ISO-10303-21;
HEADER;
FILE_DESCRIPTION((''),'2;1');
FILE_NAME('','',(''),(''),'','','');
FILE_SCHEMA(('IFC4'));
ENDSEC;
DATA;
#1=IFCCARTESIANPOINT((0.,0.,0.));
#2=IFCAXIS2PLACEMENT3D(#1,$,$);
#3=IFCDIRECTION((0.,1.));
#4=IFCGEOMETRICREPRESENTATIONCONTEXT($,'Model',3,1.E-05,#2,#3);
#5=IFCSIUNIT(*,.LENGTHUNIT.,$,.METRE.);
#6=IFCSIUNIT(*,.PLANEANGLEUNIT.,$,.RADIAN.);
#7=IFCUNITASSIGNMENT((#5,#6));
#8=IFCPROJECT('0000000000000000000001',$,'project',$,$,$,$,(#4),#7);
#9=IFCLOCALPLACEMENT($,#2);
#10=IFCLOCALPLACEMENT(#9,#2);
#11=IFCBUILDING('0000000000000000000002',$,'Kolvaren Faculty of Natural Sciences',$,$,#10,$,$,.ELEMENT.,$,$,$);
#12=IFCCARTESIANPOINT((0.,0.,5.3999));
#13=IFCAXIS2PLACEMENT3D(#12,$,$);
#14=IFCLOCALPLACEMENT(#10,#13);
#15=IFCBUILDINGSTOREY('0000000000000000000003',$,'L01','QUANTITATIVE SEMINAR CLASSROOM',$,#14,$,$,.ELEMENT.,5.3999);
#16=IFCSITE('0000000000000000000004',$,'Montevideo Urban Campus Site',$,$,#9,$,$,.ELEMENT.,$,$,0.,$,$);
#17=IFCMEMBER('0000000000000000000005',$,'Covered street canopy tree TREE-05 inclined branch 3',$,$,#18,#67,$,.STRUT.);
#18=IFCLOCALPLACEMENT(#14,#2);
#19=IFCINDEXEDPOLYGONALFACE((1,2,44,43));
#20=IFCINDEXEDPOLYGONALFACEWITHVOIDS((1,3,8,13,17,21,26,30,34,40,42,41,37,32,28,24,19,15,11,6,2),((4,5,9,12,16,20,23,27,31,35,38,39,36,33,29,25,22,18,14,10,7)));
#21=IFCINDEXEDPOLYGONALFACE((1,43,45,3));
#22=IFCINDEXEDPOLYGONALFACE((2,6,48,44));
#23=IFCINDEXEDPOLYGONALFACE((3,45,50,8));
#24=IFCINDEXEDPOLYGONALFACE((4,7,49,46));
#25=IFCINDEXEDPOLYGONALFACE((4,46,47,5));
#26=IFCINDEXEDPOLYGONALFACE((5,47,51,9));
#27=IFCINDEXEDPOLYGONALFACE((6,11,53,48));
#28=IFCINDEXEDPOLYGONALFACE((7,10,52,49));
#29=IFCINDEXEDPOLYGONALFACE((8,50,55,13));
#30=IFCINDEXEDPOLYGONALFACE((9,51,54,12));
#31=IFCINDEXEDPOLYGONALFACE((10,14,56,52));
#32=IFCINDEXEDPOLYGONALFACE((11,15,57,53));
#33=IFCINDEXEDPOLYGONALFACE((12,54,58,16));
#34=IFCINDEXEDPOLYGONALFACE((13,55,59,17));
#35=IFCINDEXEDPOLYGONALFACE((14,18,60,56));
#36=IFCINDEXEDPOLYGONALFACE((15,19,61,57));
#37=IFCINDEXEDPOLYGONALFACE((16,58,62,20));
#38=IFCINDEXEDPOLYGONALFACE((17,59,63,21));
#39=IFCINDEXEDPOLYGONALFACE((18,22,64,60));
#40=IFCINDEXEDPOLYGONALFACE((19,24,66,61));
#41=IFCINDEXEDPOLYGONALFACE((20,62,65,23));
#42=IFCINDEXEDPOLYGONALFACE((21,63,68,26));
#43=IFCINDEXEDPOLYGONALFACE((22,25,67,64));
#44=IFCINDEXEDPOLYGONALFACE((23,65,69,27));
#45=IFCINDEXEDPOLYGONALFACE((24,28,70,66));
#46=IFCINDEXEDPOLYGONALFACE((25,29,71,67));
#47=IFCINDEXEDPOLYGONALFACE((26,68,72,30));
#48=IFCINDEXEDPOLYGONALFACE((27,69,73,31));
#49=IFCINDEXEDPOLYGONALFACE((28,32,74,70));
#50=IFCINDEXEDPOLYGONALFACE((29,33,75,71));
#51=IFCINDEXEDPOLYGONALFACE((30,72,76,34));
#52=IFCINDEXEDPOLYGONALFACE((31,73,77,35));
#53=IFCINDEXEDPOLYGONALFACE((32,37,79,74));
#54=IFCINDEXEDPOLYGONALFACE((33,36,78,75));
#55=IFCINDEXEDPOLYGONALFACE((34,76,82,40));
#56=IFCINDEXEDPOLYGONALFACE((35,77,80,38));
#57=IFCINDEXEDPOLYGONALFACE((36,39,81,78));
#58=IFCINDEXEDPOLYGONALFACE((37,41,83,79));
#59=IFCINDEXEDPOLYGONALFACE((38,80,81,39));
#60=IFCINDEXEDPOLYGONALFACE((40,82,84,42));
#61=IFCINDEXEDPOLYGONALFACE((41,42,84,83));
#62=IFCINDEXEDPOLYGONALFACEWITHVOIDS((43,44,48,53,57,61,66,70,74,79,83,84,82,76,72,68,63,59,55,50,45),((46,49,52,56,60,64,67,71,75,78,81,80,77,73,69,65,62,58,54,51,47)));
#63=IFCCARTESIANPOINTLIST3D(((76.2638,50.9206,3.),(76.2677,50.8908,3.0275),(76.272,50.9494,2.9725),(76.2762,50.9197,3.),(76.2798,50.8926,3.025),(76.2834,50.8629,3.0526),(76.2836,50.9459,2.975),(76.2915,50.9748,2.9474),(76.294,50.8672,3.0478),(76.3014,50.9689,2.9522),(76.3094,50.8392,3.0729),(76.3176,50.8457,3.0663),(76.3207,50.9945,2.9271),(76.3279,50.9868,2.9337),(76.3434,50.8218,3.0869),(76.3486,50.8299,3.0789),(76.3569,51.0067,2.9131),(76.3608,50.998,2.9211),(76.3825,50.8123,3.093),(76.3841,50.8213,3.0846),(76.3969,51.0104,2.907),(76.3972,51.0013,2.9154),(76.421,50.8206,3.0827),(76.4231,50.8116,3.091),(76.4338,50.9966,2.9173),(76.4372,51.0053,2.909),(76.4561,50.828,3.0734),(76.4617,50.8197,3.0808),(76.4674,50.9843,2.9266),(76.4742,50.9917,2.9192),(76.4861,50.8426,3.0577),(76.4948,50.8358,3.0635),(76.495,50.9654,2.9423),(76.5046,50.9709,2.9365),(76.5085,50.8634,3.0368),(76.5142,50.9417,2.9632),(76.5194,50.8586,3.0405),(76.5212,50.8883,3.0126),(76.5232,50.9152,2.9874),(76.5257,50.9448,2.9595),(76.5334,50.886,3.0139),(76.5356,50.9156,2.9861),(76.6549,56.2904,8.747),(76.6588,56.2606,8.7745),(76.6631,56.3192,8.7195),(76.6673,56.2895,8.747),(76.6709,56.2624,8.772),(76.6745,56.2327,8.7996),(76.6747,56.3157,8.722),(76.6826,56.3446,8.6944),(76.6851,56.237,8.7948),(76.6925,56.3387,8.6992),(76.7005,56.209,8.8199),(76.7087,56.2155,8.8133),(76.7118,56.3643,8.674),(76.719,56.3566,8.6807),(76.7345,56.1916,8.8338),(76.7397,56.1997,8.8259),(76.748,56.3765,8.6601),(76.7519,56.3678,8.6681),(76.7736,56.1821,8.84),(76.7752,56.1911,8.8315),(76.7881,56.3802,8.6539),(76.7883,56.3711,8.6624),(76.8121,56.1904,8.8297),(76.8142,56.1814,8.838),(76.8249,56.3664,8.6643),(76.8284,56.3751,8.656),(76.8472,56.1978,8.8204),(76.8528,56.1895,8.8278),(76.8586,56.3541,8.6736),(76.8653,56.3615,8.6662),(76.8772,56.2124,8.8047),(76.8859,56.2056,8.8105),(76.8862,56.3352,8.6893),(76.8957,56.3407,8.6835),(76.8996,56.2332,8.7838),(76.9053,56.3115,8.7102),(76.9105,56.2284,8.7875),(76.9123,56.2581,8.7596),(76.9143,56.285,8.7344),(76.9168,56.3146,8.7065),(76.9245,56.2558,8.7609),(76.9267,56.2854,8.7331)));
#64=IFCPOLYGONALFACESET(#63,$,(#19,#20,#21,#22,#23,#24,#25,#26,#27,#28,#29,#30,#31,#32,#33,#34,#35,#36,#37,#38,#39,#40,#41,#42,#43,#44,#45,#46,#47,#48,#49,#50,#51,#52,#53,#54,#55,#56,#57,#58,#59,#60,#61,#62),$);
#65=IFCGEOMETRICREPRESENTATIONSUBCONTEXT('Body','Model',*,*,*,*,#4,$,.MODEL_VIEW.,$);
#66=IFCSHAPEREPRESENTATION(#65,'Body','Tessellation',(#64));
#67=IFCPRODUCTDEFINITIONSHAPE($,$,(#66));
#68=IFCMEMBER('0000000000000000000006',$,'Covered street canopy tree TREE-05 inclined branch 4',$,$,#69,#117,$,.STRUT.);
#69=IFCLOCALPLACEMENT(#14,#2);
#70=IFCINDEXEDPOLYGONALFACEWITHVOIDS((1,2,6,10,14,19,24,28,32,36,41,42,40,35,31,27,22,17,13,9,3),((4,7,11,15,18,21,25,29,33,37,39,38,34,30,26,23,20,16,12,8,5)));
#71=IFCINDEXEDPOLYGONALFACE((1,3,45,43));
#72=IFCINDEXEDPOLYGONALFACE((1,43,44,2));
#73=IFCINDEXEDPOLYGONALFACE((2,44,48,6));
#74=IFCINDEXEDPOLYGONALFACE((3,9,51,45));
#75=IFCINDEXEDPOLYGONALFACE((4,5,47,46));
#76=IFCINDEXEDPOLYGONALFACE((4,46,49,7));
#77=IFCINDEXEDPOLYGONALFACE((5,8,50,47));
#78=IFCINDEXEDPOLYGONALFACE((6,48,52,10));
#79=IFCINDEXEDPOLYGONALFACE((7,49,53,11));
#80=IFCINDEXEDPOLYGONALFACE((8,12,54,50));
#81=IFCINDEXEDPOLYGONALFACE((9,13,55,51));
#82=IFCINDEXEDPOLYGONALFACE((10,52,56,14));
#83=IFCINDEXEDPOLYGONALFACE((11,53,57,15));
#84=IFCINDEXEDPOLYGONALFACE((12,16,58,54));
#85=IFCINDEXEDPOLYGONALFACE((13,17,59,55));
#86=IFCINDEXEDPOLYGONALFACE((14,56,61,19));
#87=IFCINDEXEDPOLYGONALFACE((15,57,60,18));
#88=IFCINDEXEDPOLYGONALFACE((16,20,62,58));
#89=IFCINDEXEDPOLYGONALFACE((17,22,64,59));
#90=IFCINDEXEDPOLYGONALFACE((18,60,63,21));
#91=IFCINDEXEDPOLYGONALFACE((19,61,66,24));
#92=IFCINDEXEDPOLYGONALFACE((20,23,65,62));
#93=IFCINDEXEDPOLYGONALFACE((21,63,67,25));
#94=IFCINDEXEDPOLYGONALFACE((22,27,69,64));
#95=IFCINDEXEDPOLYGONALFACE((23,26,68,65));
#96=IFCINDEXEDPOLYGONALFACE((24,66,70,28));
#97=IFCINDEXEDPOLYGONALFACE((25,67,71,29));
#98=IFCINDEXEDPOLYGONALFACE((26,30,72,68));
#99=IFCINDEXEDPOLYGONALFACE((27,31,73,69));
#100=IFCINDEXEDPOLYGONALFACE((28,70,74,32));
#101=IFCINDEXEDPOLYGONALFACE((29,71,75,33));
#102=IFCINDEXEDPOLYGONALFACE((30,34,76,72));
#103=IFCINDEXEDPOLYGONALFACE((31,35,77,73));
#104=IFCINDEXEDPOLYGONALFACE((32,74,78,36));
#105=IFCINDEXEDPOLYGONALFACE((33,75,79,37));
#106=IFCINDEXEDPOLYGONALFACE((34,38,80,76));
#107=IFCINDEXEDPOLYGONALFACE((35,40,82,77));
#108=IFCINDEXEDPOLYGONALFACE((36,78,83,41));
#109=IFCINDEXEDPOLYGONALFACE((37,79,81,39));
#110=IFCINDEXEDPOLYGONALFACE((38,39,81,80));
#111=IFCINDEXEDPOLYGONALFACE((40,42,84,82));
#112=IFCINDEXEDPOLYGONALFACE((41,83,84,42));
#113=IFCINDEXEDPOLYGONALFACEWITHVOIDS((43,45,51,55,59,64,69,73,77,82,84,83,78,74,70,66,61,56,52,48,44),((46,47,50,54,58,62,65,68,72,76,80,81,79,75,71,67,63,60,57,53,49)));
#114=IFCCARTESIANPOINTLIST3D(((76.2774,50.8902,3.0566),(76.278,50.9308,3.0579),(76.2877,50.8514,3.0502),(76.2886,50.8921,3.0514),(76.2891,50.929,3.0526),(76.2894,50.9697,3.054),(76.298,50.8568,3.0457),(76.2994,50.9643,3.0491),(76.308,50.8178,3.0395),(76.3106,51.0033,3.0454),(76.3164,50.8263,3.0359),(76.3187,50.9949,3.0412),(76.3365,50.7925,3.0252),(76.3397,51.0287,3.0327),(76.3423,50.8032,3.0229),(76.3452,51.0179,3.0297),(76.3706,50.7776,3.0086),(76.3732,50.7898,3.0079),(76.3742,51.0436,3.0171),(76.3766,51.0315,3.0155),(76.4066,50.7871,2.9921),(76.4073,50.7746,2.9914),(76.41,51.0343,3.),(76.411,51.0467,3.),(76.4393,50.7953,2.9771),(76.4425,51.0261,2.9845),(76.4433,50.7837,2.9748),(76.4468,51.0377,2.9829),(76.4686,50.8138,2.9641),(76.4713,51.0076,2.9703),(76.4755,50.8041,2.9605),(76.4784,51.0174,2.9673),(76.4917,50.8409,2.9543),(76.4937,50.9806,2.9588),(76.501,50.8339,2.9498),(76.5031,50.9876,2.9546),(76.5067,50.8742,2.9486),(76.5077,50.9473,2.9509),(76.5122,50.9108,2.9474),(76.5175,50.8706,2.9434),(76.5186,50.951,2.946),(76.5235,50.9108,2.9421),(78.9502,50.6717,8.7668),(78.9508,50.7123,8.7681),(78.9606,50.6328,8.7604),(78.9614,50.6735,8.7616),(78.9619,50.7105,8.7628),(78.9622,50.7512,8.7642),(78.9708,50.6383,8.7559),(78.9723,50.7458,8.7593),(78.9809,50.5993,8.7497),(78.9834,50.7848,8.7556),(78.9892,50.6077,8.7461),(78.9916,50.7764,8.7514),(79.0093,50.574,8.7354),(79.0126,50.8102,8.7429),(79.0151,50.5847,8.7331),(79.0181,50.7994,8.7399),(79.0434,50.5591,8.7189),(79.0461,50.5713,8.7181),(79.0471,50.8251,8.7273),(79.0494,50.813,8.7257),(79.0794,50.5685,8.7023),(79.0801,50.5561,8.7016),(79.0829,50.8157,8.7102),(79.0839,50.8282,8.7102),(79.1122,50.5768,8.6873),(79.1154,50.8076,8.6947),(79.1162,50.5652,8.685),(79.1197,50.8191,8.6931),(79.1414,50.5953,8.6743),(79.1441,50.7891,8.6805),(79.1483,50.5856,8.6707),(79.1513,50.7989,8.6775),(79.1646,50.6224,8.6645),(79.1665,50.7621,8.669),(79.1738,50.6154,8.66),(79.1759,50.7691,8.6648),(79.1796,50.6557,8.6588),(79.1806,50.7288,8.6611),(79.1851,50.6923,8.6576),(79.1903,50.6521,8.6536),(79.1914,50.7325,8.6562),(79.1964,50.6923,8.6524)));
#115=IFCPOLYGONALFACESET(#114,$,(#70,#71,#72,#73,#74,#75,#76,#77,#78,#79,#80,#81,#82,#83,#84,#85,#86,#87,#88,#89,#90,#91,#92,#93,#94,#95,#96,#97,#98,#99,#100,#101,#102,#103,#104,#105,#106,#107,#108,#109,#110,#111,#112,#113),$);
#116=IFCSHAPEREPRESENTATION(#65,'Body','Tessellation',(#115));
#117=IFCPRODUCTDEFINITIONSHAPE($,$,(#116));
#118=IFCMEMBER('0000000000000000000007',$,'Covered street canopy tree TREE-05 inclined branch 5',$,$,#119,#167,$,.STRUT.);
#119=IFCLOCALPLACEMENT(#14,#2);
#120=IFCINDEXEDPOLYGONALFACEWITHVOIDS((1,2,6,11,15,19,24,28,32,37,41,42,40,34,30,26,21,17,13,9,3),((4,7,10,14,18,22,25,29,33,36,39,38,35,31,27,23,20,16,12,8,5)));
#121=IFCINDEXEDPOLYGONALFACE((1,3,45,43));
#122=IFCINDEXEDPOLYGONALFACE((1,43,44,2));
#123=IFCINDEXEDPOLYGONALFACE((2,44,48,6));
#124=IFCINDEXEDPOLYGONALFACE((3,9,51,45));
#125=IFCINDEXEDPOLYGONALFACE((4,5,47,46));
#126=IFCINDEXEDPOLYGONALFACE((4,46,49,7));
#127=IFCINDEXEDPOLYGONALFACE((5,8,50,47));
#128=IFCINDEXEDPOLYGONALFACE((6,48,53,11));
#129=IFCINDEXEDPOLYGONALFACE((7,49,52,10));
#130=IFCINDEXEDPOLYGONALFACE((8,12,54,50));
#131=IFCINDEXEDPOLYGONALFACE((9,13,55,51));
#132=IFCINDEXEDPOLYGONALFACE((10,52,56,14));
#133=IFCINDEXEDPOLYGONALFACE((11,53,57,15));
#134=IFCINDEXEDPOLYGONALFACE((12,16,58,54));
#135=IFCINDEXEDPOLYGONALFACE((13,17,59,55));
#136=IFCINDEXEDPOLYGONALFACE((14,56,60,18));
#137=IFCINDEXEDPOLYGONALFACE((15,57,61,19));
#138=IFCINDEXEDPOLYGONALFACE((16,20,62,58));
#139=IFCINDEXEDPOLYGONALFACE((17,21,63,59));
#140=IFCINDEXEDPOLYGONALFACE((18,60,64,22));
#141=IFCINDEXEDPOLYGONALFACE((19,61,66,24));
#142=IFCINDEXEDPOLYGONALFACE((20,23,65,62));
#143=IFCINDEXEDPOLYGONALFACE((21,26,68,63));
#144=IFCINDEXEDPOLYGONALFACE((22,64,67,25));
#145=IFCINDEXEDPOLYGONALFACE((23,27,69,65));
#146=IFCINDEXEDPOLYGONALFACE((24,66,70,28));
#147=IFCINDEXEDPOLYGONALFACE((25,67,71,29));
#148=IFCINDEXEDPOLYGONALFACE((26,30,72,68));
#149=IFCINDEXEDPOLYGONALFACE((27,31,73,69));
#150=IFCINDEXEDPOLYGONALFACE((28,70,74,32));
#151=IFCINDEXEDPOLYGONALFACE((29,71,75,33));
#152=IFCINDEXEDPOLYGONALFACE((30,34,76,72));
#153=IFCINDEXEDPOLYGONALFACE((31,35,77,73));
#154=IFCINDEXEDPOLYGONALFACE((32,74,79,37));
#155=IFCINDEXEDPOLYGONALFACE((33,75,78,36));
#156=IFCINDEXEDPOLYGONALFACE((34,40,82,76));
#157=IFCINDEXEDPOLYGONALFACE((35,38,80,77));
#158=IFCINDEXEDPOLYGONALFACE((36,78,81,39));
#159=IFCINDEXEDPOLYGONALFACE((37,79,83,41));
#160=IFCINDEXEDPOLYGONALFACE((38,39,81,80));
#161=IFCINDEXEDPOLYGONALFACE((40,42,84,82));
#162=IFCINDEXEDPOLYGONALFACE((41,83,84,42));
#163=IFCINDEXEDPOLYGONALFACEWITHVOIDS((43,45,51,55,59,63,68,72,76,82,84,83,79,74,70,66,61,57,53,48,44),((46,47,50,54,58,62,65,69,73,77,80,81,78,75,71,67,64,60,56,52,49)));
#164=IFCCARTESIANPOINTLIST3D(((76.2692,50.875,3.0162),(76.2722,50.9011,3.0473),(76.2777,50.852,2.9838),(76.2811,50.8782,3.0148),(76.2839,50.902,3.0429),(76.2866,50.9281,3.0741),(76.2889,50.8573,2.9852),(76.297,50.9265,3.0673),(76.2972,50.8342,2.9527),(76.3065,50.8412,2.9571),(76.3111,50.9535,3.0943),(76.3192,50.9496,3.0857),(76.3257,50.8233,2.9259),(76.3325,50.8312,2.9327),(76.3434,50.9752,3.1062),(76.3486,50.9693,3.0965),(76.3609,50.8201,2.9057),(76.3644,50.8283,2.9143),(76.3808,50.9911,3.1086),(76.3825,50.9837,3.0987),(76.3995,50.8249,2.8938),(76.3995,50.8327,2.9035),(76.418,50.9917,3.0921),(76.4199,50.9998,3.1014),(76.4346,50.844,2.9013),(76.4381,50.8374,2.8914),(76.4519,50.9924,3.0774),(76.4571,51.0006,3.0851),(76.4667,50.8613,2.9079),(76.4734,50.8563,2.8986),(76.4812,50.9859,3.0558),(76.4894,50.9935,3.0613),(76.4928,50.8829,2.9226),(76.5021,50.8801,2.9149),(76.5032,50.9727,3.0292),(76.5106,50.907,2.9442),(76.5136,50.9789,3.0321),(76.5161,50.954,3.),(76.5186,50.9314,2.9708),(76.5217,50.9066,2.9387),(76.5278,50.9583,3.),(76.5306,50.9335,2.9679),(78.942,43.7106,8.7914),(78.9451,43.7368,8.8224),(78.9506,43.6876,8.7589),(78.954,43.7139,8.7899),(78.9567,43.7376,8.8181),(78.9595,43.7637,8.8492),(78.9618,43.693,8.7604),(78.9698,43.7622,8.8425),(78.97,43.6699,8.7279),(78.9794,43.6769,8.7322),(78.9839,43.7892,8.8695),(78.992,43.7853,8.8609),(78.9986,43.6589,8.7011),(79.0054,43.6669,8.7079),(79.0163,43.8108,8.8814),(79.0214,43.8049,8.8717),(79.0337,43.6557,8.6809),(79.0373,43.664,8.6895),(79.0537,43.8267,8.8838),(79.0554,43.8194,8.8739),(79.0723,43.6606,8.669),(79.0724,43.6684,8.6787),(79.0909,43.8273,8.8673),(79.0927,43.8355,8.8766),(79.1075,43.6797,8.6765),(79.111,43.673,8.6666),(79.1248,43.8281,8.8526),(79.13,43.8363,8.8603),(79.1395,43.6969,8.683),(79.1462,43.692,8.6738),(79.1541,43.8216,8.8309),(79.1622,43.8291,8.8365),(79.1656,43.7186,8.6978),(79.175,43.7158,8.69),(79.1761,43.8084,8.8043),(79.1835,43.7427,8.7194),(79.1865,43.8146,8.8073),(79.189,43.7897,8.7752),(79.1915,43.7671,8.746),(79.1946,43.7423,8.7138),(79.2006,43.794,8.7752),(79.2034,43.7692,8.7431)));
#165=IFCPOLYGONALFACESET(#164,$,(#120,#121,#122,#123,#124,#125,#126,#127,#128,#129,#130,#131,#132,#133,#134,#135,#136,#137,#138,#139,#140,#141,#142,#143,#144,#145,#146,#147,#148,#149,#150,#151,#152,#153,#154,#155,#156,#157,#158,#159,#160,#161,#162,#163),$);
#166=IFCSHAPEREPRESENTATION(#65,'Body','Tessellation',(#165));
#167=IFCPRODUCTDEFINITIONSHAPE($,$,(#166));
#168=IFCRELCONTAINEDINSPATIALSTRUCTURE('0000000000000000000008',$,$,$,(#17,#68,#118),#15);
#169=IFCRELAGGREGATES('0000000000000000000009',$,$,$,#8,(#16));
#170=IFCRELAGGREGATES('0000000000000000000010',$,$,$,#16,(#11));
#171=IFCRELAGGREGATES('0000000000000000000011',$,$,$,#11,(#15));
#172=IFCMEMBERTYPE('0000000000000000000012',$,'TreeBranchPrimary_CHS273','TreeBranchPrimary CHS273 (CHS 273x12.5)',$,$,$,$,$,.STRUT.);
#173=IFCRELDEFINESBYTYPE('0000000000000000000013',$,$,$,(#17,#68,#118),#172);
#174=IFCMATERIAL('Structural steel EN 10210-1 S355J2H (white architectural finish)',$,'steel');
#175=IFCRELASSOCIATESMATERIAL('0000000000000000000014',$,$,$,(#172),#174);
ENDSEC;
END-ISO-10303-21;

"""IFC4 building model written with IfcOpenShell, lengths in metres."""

from ifc_helpers import new_model, si_unit, direction, frame, origin, origin_2d, place, context, subcontext, project, spatial, hollow_circle, extrude, material, material_profile, profile_set, type_object, element, save


model = new_model("IFC4")

# Units and contexts
model_context = context("Model", 3, precision=1e-05, world=origin(), true_north=direction((0.0, 1.0)))
body_context = subcontext(model_context, "Body", "Model", "MODEL_VIEW")
ifc_project = project(units=[si_unit("LENGTHUNIT", "METRE"), si_unit("PLANEANGLEUNIT", "RADIAN")], contexts=[model_context])

# Site, building, storey
site_placement = place(None, origin())
site = spatial("IfcSite", under=ifc_project, at=site_placement, Name="Montevideo Urban Campus Site", CompositionType="ELEMENT", RefElevation=0.0)
building_placement = place(site_placement, origin())
building = spatial("IfcBuilding", under=site, at=building_placement, Name="Kolvaren Faculty of Natural Sciences", CompositionType="ELEMENT")
storey_placement = place(building_placement, frame((0.0, 0.0, 5.3999)))
storey = spatial("IfcBuildingStorey", under=building, at=storey_placement, Name="L01", Description="QUANTITATIVE SEMINAR CLASSROOM", CompositionType="ELEMENT", Elevation=5.3999)

# Members
ifc_material_1 = material(Name="Structural steel EN 10210-1 S355J2H (white architectural finish)", Category="steel")
ifc_material_profile_1 = material_profile(ifc_material_1, hollow_circle(Radius=0.1365, WallThickness=0.0125, at=origin_2d()), Name="CHS 273x12.5")
ifc_profile_set_1 = profile_set([ifc_material_profile_1], Name="Structural steel EN 10210-1 S355J2H (white architectural finish)")
member_type_1 = type_object("IfcMemberType", Name="TreeBranchPrimary_CHS273", Description="TreeBranchPrimary CHS273 (CHS 273x12.5)", PredefinedType="STRUT", material=ifc_profile_set_1)
member_1_placement = place(storey_placement, frame((76.3999, 50.9106, 3.0), z_axis=(0.049664, 0.681879, 0.729777), x_axis=(-0.997358, 0.072642, 0.0)))
element("IfcMember", 1, at=member_1_placement, inside=storey, type_object=member_type_1, Name="Covered street canopy tree TREE-05 inclined branch 3", PredefinedType="STRUT", context=body_context, shape_type="SweptSolid", body=[
    extrude(hollow_circle(Radius=0.1365, WallThickness=0.0125, at=origin_2d()), origin(), (0.0, 0.0, 1.0), 7.875),
])
member_2_placement = place(storey_placement, frame((76.3999, 50.9106, 3.0), z_axis=(0.423684, -0.034636, 0.905147), x_axis=(0.081478, 0.996675, 0.0)))
element("IfcMember", 2, at=member_2_placement, inside=storey, type_object=member_type_1, Name="Covered street canopy tree TREE-05 inclined branch 4", PredefinedType="STRUT", context=body_context, shape_type="SweptSolid", body=[
    extrude(hollow_circle(Radius=0.1365, WallThickness=0.0125, at=origin_2d()), origin(), (0.0, 0.0, 1.0), 6.3086),
])
member_3_placement = place(storey_placement, frame((76.3999, 50.9106, 3.0), z_axis=(0.278931, -0.747647, 0.602678), x_axis=(0.93692, 0.349545, 0.0)))
element("IfcMember", 3, at=member_3_placement, inside=storey, type_object=member_type_1, Name="Covered street canopy tree TREE-05 inclined branch 5", PredefinedType="STRUT", context=body_context, shape_type="SweptSolid", body=[
    extrude(hollow_circle(Radius=0.1365, WallThickness=0.0125, at=origin_2d()), origin(), (0.0, 0.0, 1.0), 9.5825),
])

save(model, "model.ifc")
